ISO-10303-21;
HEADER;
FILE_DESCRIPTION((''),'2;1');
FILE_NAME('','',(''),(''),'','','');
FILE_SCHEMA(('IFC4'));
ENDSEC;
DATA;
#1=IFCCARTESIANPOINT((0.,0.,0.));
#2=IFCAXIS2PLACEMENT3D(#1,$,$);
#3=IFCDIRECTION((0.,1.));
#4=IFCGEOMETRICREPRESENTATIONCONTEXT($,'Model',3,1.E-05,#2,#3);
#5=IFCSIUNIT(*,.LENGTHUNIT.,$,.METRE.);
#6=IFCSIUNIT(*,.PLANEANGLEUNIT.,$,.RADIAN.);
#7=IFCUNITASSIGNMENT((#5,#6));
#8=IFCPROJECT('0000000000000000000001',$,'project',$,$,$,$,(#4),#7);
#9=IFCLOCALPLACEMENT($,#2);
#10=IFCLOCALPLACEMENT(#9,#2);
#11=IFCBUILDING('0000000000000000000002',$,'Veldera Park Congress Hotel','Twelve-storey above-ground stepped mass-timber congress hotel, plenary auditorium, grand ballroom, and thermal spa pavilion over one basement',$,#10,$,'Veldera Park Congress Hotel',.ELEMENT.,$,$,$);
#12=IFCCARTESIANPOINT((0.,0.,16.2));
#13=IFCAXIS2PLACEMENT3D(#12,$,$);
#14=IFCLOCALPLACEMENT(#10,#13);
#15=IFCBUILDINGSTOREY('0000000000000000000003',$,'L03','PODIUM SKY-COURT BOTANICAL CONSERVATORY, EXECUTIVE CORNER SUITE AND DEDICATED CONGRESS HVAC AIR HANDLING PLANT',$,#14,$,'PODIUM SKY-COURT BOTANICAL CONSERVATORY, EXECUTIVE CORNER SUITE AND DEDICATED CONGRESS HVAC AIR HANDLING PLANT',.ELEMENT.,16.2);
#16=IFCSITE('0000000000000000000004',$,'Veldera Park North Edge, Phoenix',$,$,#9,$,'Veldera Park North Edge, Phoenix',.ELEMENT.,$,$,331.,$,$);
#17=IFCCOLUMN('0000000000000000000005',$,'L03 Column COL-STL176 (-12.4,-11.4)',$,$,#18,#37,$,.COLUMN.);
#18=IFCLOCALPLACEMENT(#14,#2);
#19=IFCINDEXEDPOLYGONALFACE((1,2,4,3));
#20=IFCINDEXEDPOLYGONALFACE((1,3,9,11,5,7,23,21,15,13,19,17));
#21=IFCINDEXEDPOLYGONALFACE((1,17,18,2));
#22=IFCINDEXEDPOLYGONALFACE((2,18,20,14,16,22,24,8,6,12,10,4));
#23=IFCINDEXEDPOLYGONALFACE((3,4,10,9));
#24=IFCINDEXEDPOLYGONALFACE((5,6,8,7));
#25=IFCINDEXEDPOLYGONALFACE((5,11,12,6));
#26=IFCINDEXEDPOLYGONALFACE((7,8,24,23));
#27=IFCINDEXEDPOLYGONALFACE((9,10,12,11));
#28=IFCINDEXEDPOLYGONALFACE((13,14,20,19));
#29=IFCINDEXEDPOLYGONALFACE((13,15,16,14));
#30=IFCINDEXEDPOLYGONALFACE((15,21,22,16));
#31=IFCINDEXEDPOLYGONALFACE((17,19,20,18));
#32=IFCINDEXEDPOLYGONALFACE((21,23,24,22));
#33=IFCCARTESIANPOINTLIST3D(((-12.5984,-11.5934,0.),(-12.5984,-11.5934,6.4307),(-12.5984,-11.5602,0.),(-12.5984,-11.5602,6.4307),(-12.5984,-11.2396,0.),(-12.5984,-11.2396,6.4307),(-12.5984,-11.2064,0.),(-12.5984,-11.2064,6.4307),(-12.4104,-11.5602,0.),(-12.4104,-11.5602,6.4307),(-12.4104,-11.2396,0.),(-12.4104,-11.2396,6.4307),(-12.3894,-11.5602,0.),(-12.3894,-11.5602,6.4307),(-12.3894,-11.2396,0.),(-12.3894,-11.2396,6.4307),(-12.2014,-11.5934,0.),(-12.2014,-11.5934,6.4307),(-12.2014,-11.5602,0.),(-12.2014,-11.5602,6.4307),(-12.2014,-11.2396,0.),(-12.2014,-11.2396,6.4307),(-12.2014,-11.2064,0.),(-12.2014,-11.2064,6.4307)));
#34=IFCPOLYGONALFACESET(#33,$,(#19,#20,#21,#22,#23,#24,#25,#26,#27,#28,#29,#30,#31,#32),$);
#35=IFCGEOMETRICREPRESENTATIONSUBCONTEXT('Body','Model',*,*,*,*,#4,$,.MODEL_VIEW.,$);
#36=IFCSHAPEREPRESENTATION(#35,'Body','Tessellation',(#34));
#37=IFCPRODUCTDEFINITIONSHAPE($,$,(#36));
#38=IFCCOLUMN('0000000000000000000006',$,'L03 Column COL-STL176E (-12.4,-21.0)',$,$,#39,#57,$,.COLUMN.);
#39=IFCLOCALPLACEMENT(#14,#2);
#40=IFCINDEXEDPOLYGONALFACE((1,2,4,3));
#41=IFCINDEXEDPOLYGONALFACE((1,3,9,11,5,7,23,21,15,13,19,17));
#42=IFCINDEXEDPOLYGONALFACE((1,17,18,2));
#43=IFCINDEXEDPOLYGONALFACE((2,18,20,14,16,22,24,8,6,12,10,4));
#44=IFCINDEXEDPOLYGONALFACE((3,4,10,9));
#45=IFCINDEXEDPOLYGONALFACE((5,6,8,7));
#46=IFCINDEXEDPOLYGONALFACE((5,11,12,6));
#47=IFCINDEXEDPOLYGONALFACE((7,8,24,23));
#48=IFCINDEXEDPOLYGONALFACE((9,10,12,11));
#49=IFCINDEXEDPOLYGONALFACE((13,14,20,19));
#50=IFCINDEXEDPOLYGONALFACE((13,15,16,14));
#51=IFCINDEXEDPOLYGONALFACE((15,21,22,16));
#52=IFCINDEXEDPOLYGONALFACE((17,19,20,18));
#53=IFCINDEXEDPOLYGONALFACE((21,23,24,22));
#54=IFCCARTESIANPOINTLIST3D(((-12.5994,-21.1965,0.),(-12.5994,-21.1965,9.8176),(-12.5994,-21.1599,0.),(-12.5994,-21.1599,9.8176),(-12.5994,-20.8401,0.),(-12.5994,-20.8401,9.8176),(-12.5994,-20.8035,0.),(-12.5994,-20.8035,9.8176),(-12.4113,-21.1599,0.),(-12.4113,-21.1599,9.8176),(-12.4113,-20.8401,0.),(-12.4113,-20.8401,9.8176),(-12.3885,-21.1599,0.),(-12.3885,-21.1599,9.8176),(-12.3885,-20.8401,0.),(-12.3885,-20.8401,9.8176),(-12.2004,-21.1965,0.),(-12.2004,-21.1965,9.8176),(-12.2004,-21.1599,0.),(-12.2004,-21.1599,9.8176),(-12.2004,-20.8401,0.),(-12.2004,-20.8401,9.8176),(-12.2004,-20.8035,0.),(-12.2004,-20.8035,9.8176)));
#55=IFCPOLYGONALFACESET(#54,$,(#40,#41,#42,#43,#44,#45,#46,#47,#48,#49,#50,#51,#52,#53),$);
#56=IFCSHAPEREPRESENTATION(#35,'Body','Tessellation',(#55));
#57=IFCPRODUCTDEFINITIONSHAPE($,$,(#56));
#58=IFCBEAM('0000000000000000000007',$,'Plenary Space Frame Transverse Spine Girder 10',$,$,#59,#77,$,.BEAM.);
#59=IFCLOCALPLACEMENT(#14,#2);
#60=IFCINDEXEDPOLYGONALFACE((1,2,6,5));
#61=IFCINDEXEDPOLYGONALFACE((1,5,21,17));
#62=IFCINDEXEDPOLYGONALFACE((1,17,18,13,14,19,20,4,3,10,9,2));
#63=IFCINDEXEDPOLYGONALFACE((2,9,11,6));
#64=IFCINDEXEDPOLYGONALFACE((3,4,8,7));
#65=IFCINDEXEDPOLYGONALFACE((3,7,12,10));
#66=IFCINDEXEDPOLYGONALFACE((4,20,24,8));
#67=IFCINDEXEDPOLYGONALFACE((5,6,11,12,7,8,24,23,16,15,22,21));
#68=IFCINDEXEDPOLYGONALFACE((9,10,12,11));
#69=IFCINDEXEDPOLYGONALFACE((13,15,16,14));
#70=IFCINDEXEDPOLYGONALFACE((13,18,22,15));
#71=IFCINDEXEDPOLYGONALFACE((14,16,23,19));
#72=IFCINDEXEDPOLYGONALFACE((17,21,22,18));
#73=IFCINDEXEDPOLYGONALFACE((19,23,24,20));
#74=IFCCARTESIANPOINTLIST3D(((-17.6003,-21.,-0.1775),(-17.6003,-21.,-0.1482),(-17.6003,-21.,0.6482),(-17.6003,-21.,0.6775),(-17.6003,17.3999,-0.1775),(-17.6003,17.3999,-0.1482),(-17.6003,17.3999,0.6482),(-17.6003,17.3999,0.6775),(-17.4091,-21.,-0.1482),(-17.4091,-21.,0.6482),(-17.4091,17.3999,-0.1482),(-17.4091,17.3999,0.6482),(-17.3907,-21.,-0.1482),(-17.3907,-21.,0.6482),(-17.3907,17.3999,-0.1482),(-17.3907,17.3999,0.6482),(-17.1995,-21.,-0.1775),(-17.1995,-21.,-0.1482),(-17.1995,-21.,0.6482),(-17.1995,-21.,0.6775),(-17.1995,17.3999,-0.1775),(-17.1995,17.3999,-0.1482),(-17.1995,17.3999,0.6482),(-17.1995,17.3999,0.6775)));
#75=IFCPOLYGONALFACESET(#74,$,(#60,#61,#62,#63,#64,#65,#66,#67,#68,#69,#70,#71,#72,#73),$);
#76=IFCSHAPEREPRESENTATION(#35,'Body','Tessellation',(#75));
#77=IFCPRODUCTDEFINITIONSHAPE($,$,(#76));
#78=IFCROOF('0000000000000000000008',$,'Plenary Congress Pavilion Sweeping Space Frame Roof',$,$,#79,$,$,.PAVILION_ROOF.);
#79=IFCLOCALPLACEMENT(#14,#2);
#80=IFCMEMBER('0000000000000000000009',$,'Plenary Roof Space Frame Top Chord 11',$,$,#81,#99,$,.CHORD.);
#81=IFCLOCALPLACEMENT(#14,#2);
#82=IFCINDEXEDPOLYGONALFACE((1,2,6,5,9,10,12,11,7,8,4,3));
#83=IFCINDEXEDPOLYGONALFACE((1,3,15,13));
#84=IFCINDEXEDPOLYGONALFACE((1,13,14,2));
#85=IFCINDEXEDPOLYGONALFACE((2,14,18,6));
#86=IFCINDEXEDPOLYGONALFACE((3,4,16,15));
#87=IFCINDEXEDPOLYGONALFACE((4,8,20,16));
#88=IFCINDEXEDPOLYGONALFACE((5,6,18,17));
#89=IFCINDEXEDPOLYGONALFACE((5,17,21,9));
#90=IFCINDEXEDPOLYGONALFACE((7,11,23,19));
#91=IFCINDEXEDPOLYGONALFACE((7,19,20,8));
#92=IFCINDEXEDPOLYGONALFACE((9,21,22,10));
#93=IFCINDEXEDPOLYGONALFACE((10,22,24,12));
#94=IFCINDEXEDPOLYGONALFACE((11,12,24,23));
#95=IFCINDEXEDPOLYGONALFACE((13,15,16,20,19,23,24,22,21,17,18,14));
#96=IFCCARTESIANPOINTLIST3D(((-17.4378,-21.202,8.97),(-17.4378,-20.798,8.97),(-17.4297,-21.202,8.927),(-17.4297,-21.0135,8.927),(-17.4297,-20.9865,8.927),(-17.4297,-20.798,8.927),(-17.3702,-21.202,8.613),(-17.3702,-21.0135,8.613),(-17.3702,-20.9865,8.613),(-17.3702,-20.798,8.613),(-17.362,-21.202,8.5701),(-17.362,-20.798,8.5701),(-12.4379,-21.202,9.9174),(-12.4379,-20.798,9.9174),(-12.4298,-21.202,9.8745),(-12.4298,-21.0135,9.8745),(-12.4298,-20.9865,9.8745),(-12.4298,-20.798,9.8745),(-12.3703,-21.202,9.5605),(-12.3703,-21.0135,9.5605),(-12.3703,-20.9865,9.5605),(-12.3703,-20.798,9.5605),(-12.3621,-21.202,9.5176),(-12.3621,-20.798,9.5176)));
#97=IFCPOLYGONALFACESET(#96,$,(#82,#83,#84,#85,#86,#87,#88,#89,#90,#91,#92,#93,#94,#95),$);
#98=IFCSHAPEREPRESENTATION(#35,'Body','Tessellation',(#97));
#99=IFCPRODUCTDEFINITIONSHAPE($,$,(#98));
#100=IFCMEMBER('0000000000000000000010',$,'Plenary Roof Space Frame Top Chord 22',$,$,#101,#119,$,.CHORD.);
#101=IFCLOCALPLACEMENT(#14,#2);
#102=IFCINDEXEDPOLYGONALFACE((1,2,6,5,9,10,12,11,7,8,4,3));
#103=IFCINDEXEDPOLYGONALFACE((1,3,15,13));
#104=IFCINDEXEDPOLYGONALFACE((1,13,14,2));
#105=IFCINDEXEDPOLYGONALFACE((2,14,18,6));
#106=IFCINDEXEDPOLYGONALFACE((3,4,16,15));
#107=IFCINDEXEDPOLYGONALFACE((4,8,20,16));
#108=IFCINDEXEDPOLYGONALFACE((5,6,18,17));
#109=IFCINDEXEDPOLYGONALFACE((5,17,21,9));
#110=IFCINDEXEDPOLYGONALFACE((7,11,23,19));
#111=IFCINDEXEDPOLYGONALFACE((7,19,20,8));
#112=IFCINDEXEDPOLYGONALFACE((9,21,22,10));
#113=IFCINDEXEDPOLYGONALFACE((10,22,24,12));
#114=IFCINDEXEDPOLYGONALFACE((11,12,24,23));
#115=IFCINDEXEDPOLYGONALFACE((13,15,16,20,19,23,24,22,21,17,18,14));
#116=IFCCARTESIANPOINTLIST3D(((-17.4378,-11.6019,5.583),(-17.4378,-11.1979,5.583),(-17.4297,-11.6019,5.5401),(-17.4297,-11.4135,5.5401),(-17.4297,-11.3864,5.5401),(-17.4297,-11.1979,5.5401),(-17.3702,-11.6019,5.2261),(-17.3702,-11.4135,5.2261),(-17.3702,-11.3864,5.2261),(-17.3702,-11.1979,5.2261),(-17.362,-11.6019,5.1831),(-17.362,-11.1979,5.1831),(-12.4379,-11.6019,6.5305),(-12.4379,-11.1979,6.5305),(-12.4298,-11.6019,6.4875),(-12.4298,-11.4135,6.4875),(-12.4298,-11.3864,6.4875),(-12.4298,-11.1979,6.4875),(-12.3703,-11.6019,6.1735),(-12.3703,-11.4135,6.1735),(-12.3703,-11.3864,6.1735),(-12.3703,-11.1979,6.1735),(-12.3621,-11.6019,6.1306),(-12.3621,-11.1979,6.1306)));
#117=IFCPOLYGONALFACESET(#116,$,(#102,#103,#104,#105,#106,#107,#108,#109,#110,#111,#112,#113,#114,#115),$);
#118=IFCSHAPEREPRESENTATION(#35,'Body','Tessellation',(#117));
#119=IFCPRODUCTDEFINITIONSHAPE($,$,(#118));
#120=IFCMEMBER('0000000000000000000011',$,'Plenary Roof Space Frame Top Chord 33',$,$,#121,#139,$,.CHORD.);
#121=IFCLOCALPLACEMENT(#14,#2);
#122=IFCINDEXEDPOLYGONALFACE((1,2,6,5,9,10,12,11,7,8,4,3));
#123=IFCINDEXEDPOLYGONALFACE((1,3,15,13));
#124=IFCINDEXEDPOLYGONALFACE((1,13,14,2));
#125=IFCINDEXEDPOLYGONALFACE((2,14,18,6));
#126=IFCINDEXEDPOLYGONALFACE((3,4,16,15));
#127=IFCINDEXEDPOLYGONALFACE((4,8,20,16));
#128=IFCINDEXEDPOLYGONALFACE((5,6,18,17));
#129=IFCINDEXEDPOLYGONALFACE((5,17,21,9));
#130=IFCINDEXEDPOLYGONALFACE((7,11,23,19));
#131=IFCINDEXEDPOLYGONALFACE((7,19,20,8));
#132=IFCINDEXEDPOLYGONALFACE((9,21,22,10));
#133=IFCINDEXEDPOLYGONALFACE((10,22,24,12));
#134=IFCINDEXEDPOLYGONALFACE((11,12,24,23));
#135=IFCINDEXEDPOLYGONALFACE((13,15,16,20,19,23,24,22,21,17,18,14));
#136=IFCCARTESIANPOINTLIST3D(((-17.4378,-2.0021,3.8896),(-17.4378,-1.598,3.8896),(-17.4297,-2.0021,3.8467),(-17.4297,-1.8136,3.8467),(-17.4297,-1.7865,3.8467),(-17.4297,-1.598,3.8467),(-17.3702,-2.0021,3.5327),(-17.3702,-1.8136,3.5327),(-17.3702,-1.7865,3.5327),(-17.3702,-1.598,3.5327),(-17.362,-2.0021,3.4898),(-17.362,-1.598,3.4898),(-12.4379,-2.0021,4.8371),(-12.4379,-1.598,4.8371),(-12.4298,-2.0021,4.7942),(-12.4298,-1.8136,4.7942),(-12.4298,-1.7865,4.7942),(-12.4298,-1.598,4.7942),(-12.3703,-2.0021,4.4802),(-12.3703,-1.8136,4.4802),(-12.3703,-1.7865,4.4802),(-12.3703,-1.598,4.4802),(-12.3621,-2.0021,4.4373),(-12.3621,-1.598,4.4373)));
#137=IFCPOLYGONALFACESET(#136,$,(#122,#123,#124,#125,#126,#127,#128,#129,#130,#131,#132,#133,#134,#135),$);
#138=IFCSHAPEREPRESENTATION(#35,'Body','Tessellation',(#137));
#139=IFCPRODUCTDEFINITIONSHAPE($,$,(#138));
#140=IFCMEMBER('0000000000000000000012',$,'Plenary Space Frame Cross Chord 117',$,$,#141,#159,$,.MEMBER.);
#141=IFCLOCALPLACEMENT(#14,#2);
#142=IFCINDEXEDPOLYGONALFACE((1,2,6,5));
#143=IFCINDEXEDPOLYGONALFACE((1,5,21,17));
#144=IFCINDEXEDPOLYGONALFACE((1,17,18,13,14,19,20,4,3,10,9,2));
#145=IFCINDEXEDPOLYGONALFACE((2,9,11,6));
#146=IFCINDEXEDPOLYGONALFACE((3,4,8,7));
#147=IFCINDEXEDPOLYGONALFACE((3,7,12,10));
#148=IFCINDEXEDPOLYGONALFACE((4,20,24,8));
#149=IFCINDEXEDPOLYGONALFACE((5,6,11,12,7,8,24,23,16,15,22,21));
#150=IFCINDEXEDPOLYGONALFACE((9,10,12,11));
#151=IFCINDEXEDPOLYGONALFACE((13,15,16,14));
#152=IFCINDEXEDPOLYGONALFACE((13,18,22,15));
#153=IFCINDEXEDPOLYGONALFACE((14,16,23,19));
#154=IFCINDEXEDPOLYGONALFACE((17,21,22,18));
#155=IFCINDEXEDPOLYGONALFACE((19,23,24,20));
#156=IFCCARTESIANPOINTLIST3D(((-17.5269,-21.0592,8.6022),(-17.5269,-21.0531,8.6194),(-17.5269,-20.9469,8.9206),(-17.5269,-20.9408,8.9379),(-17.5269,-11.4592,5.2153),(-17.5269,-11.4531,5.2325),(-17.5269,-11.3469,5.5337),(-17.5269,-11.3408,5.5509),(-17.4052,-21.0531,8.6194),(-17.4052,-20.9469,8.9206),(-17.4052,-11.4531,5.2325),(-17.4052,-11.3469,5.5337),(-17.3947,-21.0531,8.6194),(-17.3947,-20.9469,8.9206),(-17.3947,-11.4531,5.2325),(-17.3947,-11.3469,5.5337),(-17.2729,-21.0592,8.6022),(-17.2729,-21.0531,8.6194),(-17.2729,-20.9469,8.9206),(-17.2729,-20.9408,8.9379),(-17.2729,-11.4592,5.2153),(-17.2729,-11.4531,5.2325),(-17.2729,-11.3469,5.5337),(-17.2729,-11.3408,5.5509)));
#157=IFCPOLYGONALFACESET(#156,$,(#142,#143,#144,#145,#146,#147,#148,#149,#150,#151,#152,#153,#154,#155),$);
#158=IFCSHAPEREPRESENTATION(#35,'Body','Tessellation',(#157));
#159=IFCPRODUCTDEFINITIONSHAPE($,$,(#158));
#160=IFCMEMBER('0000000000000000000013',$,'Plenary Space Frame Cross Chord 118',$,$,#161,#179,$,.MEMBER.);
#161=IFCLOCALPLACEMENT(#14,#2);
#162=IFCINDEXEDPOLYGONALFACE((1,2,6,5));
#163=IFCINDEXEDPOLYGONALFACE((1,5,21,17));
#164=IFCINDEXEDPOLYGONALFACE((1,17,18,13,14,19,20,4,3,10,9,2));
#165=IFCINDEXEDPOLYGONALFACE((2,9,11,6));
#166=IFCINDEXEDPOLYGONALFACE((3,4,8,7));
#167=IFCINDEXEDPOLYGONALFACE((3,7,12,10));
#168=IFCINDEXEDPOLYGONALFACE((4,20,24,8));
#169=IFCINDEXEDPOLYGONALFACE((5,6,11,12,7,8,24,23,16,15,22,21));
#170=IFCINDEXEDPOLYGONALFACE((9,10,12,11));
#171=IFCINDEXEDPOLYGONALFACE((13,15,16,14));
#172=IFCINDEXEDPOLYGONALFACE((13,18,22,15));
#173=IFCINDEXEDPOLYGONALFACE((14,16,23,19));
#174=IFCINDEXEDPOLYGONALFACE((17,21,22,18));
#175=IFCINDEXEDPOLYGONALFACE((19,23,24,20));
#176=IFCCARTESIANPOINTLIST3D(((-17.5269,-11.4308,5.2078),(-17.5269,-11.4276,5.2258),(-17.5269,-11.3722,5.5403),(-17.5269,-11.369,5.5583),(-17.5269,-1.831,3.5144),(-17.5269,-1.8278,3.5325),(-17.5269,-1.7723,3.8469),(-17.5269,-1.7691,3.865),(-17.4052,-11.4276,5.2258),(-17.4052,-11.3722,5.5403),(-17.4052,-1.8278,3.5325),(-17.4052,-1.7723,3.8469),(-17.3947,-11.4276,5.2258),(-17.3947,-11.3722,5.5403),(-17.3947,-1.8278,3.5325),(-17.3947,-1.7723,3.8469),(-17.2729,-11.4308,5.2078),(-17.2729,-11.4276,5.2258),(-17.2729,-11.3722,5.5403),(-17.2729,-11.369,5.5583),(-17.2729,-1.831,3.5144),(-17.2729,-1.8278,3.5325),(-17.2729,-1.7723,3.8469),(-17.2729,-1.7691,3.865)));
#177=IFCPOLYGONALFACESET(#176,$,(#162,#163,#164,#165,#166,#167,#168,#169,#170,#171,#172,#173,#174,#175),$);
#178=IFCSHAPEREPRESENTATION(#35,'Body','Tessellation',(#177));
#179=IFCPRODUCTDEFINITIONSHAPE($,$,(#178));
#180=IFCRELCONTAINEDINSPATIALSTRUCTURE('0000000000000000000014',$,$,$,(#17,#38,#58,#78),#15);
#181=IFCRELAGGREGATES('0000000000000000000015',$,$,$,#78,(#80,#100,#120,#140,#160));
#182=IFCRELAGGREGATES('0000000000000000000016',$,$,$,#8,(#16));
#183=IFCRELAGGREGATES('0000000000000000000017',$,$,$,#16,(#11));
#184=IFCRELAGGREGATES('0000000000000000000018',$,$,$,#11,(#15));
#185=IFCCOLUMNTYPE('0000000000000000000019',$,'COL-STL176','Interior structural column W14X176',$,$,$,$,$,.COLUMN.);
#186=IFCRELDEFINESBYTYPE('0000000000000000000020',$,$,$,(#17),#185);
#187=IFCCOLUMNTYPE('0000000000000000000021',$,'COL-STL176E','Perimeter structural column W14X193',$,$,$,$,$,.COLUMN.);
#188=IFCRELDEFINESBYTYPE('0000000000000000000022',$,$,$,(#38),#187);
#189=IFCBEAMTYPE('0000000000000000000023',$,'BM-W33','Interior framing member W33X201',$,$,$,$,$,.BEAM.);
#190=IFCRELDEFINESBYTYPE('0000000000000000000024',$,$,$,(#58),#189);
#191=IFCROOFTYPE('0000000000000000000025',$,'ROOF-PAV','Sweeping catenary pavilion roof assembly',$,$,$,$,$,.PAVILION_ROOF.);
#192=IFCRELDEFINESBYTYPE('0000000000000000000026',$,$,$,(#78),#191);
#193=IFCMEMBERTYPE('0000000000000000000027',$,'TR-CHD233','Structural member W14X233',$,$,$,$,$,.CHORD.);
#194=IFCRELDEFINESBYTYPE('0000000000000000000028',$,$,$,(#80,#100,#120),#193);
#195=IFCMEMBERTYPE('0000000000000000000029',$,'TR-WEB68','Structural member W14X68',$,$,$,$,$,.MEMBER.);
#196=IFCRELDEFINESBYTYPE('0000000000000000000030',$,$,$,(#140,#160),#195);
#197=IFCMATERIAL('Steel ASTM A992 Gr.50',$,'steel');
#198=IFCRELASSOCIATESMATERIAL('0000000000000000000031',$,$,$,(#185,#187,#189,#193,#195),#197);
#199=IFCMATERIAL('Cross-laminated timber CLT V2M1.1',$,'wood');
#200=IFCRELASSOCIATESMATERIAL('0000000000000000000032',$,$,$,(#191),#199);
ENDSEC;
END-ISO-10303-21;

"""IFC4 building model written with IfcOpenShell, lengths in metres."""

from ifc_helpers import new_model, si_unit, direction, frame, origin, origin_2d, place, context, subcontext, project, spatial, i_section, extrude, material, material_profile, profile_set, type_object, element, aggregate, save


model = new_model("IFC4")

# Units and contexts
model_context = context("Model", 3, precision=1e-05, world=origin(), true_north=direction((0.0, 1.0)))
body_context = subcontext(model_context, "Body", "Model", "MODEL_VIEW")
ifc_project = project(units=[si_unit("LENGTHUNIT", "METRE"), si_unit("PLANEANGLEUNIT", "RADIAN")], contexts=[model_context])

# Site, building, storey
site_placement = place(None, origin())
site = spatial("IfcSite", under=ifc_project, at=site_placement, Name="Veldera Park North Edge, Phoenix", LongName="Veldera Park North Edge, Phoenix", CompositionType="ELEMENT", RefElevation=331.0)
building_placement = place(site_placement, origin())
building = spatial("IfcBuilding", under=site, at=building_placement, Name="Veldera Park Congress Hotel", Description="Twelve-storey above-ground stepped mass-timber congress hotel, plenary auditorium, grand ballroom, and thermal spa pavilion over one basement", LongName="Veldera Park Congress Hotel", CompositionType="ELEMENT")
storey_placement = place(building_placement, frame((0.0, 0.0, 16.2)))
storey = spatial("IfcBuildingStorey", under=building, at=storey_placement, Name="L03", Description="PODIUM SKY-COURT BOTANICAL CONSERVATORY, EXECUTIVE CORNER SUITE AND DEDICATED CONGRESS HVAC AIR HANDLING PLANT", LongName="PODIUM SKY-COURT BOTANICAL CONSERVATORY, EXECUTIVE CORNER SUITE AND DEDICATED CONGRESS HVAC AIR HANDLING PLANT", CompositionType="ELEMENT", Elevation=16.2)

# Columns
ifc_material_1 = material(Name="Steel ASTM A992 Gr.50", Category="steel")
ifc_material_profile_1 = material_profile(ifc_material_1, i_section(OverallWidth=0.397, OverallDepth=0.387, WebThickness=0.021, FlangeThickness=0.0332, at=origin_2d()), Name="W14X176")
ifc_profile_set_1 = profile_set([ifc_material_profile_1], Name="Steel ASTM A992 Gr.50")
column_type_1 = type_object("IfcColumnType", Name="COL-STL176", Description="Interior structural column W14X176", PredefinedType="COLUMN", material=ifc_profile_set_1)
column_1_placement = place(storey_placement, frame((-12.3999, -11.3999, 0.0), z_axis=(0.0, 0.0, 1.0), x_axis=(1.0, 0.0, 0.0)))
element("IfcColumn", 1, at=column_1_placement, inside=storey, type_object=column_type_1, Name="L03 Column COL-STL176 (-12.4,-11.4)", PredefinedType="COLUMN", context=body_context, shape_type="SweptSolid", body=[
    extrude(i_section(OverallWidth=0.397, OverallDepth=0.387, WebThickness=0.021, FlangeThickness=0.0332, at=origin_2d()), origin(), (0.0, 0.0, 1.0), 6.4307),
])
ifc_material_profile_2 = material_profile(ifc_material_1, i_section(OverallWidth=0.3989, OverallDepth=0.3931, WebThickness=0.0227, FlangeThickness=0.0366, at=origin_2d()), Name="W14X193")
ifc_profile_set_2 = profile_set([ifc_material_profile_2], Name="Steel ASTM A992 Gr.50")
column_type_2 = type_object("IfcColumnType", Name="COL-STL176E", Description="Perimeter structural column W14X193", PredefinedType="COLUMN", material=ifc_profile_set_2)
column_2_placement = place(storey_placement, frame((-12.3999, -21.0, 0.0), z_axis=(0.0, 0.0, 1.0), x_axis=(1.0, 0.0, 0.0)))
element("IfcColumn", 2, at=column_2_placement, inside=storey, type_object=column_type_2, Name="L03 Column COL-STL176E (-12.4,-21.0)", PredefinedType="COLUMN", context=body_context, shape_type="SweptSolid", body=[
    extrude(i_section(OverallWidth=0.3989, OverallDepth=0.3931, WebThickness=0.0227, FlangeThickness=0.0366, at=origin_2d()), origin(), (0.0, 0.0, 1.0), 9.8176),
])

# Beam
ifc_material_profile_3 = material_profile(ifc_material_1, i_section(OverallWidth=0.4009, OverallDepth=0.855, WebThickness=0.0183, FlangeThickness=0.0293, at=origin_2d()), Name="W33X201")
ifc_profile_set_3 = profile_set([ifc_material_profile_3], Name="Steel ASTM A992 Gr.50")
beam_type = type_object("IfcBeamType", Name="BM-W33", Description="Interior framing member W33X201", PredefinedType="BEAM", material=ifc_profile_set_3)
beam_placement = place(storey_placement, frame((-17.3999, -21.0, 0.25), z_axis=(0.0, 1.0, 0.0), x_axis=(-1.0, 0.0, 0.0)))
element("IfcBeam", 3, at=beam_placement, inside=storey, type_object=beam_type, Name="Plenary Space Frame Transverse Spine Girder 10", PredefinedType="BEAM", context=body_context, shape_type="SweptSolid", body=[
    extrude(i_section(OverallWidth=0.4009, OverallDepth=0.855, WebThickness=0.0183, FlangeThickness=0.0293, at=origin_2d()), origin(), (0.0, 0.0, 1.0), 38.3999),
])

# Roof, members
ifc_material_2 = material(Name="Cross-laminated timber CLT V2M1.1", Category="wood")
roof_type = type_object("IfcRoofType", Name="ROOF-PAV", Description="Sweeping catenary pavilion roof assembly", PredefinedType="PAVILION_ROOF", material=ifc_material_2)
roof_placement = place(storey_placement, origin())
roof = element("IfcRoof", 4, at=roof_placement, inside=storey, type_object=roof_type, Name="Plenary Congress Pavilion Sweeping Space Frame Roof", PredefinedType="PAVILION_ROOF")
ifc_material_profile_4 = material_profile(ifc_material_1, i_section(OverallWidth=0.4041, OverallDepth=0.407, WebThickness=0.0271, FlangeThickness=0.0437, at=origin_2d()), Name="W14X233")
ifc_profile_set_4 = profile_set([ifc_material_profile_4], Name="Steel ASTM A992 Gr.50")
member_type_1 = type_object("IfcMemberType", Name="TR-CHD233", Description="Structural member W14X233", PredefinedType="CHORD", material=ifc_profile_set_4)
member_1_placement = place(storey_placement, frame((-17.3999, -21.0, 8.77), z_axis=(0.982514, 0.0, 0.186188), x_axis=(0.0, 1.0, 0.0)))
member_1 = element("IfcMember", 5, at=member_1_placement, type_object=member_type_1, Name="Plenary Roof Space Frame Top Chord 11", PredefinedType="CHORD", context=body_context, shape_type="SweptSolid", body=[
    extrude(i_section(OverallWidth=0.4041, OverallDepth=0.407, WebThickness=0.0271, FlangeThickness=0.0437, at=origin_2d()), origin(), (0.0, 0.0, 1.0), 5.0889),
])
member_2_placement = place(storey_placement, frame((-17.3999, -11.3999, 5.3831), z_axis=(0.982514, 0.0, 0.186188), x_axis=(0.0, 1.0, 0.0)))
member_2 = element("IfcMember", 6, at=member_2_placement, type_object=member_type_1, Name="Plenary Roof Space Frame Top Chord 22", PredefinedType="CHORD", context=body_context, shape_type="SweptSolid", body=[
    extrude(i_section(OverallWidth=0.4041, OverallDepth=0.407, WebThickness=0.0271, FlangeThickness=0.0437, at=origin_2d()), origin(), (0.0, 0.0, 1.0), 5.0889),
])
member_3_placement = place(storey_placement, frame((-17.3999, -1.8, 3.6897), z_axis=(0.982514, 0.0, 0.186188), x_axis=(0.0, 1.0, 0.0)))
member_3 = element("IfcMember", 7, at=member_3_placement, type_object=member_type_1, Name="Plenary Roof Space Frame Top Chord 33", PredefinedType="CHORD", context=body_context, shape_type="SweptSolid", body=[
    extrude(i_section(OverallWidth=0.4041, OverallDepth=0.407, WebThickness=0.0271, FlangeThickness=0.0437, at=origin_2d()), origin(), (0.0, 0.0, 1.0), 5.0889),
])
ifc_material_profile_5 = material_profile(ifc_material_1, i_section(OverallWidth=0.2539, OverallDepth=0.356, WebThickness=0.0105, FlangeThickness=0.0183, at=origin_2d()), Name="W14X68")
ifc_profile_set_5 = profile_set([ifc_material_profile_5], Name="Steel ASTM A992 Gr.50")
member_type_2 = type_object("IfcMemberType", Name="TR-WEB68", Description="Structural member W14X68", PredefinedType="MEMBER", material=ifc_profile_set_5)
member_4_placement = place(storey_placement, frame((-17.3999, -21.0, 8.77), z_axis=(0.0, 0.943031, -0.332706), x_axis=(-1.0, 0.0, 0.0)))
member_4 = element("IfcMember", 8, at=member_4_placement, type_object=member_type_2, Name="Plenary Space Frame Cross Chord 117", PredefinedType="MEMBER", context=body_context, shape_type="SweptSolid", body=[
    extrude(i_section(OverallWidth=0.2539, OverallDepth=0.356, WebThickness=0.0105, FlangeThickness=0.0183, at=origin_2d()), origin(), (0.0, 0.0, 1.0), 10.1799),
])
member_5_placement = place(storey_placement, frame((-17.3999, -11.3999, 5.3831), z_axis=(0.0, 0.984796, -0.173712), x_axis=(-1.0, 0.0, 0.0)))
member_5 = element("IfcMember", 9, at=member_5_placement, type_object=member_type_2, Name="Plenary Space Frame Cross Chord 118", PredefinedType="MEMBER", context=body_context, shape_type="SweptSolid", body=[
    extrude(i_section(OverallWidth=0.2539, OverallDepth=0.356, WebThickness=0.0105, FlangeThickness=0.0183, at=origin_2d()), origin(), (0.0, 0.0, 1.0), 9.748),
])
aggregate(roof, [member_1, member_2, member_3, member_4, member_5])

save(model, "model.ifc")
